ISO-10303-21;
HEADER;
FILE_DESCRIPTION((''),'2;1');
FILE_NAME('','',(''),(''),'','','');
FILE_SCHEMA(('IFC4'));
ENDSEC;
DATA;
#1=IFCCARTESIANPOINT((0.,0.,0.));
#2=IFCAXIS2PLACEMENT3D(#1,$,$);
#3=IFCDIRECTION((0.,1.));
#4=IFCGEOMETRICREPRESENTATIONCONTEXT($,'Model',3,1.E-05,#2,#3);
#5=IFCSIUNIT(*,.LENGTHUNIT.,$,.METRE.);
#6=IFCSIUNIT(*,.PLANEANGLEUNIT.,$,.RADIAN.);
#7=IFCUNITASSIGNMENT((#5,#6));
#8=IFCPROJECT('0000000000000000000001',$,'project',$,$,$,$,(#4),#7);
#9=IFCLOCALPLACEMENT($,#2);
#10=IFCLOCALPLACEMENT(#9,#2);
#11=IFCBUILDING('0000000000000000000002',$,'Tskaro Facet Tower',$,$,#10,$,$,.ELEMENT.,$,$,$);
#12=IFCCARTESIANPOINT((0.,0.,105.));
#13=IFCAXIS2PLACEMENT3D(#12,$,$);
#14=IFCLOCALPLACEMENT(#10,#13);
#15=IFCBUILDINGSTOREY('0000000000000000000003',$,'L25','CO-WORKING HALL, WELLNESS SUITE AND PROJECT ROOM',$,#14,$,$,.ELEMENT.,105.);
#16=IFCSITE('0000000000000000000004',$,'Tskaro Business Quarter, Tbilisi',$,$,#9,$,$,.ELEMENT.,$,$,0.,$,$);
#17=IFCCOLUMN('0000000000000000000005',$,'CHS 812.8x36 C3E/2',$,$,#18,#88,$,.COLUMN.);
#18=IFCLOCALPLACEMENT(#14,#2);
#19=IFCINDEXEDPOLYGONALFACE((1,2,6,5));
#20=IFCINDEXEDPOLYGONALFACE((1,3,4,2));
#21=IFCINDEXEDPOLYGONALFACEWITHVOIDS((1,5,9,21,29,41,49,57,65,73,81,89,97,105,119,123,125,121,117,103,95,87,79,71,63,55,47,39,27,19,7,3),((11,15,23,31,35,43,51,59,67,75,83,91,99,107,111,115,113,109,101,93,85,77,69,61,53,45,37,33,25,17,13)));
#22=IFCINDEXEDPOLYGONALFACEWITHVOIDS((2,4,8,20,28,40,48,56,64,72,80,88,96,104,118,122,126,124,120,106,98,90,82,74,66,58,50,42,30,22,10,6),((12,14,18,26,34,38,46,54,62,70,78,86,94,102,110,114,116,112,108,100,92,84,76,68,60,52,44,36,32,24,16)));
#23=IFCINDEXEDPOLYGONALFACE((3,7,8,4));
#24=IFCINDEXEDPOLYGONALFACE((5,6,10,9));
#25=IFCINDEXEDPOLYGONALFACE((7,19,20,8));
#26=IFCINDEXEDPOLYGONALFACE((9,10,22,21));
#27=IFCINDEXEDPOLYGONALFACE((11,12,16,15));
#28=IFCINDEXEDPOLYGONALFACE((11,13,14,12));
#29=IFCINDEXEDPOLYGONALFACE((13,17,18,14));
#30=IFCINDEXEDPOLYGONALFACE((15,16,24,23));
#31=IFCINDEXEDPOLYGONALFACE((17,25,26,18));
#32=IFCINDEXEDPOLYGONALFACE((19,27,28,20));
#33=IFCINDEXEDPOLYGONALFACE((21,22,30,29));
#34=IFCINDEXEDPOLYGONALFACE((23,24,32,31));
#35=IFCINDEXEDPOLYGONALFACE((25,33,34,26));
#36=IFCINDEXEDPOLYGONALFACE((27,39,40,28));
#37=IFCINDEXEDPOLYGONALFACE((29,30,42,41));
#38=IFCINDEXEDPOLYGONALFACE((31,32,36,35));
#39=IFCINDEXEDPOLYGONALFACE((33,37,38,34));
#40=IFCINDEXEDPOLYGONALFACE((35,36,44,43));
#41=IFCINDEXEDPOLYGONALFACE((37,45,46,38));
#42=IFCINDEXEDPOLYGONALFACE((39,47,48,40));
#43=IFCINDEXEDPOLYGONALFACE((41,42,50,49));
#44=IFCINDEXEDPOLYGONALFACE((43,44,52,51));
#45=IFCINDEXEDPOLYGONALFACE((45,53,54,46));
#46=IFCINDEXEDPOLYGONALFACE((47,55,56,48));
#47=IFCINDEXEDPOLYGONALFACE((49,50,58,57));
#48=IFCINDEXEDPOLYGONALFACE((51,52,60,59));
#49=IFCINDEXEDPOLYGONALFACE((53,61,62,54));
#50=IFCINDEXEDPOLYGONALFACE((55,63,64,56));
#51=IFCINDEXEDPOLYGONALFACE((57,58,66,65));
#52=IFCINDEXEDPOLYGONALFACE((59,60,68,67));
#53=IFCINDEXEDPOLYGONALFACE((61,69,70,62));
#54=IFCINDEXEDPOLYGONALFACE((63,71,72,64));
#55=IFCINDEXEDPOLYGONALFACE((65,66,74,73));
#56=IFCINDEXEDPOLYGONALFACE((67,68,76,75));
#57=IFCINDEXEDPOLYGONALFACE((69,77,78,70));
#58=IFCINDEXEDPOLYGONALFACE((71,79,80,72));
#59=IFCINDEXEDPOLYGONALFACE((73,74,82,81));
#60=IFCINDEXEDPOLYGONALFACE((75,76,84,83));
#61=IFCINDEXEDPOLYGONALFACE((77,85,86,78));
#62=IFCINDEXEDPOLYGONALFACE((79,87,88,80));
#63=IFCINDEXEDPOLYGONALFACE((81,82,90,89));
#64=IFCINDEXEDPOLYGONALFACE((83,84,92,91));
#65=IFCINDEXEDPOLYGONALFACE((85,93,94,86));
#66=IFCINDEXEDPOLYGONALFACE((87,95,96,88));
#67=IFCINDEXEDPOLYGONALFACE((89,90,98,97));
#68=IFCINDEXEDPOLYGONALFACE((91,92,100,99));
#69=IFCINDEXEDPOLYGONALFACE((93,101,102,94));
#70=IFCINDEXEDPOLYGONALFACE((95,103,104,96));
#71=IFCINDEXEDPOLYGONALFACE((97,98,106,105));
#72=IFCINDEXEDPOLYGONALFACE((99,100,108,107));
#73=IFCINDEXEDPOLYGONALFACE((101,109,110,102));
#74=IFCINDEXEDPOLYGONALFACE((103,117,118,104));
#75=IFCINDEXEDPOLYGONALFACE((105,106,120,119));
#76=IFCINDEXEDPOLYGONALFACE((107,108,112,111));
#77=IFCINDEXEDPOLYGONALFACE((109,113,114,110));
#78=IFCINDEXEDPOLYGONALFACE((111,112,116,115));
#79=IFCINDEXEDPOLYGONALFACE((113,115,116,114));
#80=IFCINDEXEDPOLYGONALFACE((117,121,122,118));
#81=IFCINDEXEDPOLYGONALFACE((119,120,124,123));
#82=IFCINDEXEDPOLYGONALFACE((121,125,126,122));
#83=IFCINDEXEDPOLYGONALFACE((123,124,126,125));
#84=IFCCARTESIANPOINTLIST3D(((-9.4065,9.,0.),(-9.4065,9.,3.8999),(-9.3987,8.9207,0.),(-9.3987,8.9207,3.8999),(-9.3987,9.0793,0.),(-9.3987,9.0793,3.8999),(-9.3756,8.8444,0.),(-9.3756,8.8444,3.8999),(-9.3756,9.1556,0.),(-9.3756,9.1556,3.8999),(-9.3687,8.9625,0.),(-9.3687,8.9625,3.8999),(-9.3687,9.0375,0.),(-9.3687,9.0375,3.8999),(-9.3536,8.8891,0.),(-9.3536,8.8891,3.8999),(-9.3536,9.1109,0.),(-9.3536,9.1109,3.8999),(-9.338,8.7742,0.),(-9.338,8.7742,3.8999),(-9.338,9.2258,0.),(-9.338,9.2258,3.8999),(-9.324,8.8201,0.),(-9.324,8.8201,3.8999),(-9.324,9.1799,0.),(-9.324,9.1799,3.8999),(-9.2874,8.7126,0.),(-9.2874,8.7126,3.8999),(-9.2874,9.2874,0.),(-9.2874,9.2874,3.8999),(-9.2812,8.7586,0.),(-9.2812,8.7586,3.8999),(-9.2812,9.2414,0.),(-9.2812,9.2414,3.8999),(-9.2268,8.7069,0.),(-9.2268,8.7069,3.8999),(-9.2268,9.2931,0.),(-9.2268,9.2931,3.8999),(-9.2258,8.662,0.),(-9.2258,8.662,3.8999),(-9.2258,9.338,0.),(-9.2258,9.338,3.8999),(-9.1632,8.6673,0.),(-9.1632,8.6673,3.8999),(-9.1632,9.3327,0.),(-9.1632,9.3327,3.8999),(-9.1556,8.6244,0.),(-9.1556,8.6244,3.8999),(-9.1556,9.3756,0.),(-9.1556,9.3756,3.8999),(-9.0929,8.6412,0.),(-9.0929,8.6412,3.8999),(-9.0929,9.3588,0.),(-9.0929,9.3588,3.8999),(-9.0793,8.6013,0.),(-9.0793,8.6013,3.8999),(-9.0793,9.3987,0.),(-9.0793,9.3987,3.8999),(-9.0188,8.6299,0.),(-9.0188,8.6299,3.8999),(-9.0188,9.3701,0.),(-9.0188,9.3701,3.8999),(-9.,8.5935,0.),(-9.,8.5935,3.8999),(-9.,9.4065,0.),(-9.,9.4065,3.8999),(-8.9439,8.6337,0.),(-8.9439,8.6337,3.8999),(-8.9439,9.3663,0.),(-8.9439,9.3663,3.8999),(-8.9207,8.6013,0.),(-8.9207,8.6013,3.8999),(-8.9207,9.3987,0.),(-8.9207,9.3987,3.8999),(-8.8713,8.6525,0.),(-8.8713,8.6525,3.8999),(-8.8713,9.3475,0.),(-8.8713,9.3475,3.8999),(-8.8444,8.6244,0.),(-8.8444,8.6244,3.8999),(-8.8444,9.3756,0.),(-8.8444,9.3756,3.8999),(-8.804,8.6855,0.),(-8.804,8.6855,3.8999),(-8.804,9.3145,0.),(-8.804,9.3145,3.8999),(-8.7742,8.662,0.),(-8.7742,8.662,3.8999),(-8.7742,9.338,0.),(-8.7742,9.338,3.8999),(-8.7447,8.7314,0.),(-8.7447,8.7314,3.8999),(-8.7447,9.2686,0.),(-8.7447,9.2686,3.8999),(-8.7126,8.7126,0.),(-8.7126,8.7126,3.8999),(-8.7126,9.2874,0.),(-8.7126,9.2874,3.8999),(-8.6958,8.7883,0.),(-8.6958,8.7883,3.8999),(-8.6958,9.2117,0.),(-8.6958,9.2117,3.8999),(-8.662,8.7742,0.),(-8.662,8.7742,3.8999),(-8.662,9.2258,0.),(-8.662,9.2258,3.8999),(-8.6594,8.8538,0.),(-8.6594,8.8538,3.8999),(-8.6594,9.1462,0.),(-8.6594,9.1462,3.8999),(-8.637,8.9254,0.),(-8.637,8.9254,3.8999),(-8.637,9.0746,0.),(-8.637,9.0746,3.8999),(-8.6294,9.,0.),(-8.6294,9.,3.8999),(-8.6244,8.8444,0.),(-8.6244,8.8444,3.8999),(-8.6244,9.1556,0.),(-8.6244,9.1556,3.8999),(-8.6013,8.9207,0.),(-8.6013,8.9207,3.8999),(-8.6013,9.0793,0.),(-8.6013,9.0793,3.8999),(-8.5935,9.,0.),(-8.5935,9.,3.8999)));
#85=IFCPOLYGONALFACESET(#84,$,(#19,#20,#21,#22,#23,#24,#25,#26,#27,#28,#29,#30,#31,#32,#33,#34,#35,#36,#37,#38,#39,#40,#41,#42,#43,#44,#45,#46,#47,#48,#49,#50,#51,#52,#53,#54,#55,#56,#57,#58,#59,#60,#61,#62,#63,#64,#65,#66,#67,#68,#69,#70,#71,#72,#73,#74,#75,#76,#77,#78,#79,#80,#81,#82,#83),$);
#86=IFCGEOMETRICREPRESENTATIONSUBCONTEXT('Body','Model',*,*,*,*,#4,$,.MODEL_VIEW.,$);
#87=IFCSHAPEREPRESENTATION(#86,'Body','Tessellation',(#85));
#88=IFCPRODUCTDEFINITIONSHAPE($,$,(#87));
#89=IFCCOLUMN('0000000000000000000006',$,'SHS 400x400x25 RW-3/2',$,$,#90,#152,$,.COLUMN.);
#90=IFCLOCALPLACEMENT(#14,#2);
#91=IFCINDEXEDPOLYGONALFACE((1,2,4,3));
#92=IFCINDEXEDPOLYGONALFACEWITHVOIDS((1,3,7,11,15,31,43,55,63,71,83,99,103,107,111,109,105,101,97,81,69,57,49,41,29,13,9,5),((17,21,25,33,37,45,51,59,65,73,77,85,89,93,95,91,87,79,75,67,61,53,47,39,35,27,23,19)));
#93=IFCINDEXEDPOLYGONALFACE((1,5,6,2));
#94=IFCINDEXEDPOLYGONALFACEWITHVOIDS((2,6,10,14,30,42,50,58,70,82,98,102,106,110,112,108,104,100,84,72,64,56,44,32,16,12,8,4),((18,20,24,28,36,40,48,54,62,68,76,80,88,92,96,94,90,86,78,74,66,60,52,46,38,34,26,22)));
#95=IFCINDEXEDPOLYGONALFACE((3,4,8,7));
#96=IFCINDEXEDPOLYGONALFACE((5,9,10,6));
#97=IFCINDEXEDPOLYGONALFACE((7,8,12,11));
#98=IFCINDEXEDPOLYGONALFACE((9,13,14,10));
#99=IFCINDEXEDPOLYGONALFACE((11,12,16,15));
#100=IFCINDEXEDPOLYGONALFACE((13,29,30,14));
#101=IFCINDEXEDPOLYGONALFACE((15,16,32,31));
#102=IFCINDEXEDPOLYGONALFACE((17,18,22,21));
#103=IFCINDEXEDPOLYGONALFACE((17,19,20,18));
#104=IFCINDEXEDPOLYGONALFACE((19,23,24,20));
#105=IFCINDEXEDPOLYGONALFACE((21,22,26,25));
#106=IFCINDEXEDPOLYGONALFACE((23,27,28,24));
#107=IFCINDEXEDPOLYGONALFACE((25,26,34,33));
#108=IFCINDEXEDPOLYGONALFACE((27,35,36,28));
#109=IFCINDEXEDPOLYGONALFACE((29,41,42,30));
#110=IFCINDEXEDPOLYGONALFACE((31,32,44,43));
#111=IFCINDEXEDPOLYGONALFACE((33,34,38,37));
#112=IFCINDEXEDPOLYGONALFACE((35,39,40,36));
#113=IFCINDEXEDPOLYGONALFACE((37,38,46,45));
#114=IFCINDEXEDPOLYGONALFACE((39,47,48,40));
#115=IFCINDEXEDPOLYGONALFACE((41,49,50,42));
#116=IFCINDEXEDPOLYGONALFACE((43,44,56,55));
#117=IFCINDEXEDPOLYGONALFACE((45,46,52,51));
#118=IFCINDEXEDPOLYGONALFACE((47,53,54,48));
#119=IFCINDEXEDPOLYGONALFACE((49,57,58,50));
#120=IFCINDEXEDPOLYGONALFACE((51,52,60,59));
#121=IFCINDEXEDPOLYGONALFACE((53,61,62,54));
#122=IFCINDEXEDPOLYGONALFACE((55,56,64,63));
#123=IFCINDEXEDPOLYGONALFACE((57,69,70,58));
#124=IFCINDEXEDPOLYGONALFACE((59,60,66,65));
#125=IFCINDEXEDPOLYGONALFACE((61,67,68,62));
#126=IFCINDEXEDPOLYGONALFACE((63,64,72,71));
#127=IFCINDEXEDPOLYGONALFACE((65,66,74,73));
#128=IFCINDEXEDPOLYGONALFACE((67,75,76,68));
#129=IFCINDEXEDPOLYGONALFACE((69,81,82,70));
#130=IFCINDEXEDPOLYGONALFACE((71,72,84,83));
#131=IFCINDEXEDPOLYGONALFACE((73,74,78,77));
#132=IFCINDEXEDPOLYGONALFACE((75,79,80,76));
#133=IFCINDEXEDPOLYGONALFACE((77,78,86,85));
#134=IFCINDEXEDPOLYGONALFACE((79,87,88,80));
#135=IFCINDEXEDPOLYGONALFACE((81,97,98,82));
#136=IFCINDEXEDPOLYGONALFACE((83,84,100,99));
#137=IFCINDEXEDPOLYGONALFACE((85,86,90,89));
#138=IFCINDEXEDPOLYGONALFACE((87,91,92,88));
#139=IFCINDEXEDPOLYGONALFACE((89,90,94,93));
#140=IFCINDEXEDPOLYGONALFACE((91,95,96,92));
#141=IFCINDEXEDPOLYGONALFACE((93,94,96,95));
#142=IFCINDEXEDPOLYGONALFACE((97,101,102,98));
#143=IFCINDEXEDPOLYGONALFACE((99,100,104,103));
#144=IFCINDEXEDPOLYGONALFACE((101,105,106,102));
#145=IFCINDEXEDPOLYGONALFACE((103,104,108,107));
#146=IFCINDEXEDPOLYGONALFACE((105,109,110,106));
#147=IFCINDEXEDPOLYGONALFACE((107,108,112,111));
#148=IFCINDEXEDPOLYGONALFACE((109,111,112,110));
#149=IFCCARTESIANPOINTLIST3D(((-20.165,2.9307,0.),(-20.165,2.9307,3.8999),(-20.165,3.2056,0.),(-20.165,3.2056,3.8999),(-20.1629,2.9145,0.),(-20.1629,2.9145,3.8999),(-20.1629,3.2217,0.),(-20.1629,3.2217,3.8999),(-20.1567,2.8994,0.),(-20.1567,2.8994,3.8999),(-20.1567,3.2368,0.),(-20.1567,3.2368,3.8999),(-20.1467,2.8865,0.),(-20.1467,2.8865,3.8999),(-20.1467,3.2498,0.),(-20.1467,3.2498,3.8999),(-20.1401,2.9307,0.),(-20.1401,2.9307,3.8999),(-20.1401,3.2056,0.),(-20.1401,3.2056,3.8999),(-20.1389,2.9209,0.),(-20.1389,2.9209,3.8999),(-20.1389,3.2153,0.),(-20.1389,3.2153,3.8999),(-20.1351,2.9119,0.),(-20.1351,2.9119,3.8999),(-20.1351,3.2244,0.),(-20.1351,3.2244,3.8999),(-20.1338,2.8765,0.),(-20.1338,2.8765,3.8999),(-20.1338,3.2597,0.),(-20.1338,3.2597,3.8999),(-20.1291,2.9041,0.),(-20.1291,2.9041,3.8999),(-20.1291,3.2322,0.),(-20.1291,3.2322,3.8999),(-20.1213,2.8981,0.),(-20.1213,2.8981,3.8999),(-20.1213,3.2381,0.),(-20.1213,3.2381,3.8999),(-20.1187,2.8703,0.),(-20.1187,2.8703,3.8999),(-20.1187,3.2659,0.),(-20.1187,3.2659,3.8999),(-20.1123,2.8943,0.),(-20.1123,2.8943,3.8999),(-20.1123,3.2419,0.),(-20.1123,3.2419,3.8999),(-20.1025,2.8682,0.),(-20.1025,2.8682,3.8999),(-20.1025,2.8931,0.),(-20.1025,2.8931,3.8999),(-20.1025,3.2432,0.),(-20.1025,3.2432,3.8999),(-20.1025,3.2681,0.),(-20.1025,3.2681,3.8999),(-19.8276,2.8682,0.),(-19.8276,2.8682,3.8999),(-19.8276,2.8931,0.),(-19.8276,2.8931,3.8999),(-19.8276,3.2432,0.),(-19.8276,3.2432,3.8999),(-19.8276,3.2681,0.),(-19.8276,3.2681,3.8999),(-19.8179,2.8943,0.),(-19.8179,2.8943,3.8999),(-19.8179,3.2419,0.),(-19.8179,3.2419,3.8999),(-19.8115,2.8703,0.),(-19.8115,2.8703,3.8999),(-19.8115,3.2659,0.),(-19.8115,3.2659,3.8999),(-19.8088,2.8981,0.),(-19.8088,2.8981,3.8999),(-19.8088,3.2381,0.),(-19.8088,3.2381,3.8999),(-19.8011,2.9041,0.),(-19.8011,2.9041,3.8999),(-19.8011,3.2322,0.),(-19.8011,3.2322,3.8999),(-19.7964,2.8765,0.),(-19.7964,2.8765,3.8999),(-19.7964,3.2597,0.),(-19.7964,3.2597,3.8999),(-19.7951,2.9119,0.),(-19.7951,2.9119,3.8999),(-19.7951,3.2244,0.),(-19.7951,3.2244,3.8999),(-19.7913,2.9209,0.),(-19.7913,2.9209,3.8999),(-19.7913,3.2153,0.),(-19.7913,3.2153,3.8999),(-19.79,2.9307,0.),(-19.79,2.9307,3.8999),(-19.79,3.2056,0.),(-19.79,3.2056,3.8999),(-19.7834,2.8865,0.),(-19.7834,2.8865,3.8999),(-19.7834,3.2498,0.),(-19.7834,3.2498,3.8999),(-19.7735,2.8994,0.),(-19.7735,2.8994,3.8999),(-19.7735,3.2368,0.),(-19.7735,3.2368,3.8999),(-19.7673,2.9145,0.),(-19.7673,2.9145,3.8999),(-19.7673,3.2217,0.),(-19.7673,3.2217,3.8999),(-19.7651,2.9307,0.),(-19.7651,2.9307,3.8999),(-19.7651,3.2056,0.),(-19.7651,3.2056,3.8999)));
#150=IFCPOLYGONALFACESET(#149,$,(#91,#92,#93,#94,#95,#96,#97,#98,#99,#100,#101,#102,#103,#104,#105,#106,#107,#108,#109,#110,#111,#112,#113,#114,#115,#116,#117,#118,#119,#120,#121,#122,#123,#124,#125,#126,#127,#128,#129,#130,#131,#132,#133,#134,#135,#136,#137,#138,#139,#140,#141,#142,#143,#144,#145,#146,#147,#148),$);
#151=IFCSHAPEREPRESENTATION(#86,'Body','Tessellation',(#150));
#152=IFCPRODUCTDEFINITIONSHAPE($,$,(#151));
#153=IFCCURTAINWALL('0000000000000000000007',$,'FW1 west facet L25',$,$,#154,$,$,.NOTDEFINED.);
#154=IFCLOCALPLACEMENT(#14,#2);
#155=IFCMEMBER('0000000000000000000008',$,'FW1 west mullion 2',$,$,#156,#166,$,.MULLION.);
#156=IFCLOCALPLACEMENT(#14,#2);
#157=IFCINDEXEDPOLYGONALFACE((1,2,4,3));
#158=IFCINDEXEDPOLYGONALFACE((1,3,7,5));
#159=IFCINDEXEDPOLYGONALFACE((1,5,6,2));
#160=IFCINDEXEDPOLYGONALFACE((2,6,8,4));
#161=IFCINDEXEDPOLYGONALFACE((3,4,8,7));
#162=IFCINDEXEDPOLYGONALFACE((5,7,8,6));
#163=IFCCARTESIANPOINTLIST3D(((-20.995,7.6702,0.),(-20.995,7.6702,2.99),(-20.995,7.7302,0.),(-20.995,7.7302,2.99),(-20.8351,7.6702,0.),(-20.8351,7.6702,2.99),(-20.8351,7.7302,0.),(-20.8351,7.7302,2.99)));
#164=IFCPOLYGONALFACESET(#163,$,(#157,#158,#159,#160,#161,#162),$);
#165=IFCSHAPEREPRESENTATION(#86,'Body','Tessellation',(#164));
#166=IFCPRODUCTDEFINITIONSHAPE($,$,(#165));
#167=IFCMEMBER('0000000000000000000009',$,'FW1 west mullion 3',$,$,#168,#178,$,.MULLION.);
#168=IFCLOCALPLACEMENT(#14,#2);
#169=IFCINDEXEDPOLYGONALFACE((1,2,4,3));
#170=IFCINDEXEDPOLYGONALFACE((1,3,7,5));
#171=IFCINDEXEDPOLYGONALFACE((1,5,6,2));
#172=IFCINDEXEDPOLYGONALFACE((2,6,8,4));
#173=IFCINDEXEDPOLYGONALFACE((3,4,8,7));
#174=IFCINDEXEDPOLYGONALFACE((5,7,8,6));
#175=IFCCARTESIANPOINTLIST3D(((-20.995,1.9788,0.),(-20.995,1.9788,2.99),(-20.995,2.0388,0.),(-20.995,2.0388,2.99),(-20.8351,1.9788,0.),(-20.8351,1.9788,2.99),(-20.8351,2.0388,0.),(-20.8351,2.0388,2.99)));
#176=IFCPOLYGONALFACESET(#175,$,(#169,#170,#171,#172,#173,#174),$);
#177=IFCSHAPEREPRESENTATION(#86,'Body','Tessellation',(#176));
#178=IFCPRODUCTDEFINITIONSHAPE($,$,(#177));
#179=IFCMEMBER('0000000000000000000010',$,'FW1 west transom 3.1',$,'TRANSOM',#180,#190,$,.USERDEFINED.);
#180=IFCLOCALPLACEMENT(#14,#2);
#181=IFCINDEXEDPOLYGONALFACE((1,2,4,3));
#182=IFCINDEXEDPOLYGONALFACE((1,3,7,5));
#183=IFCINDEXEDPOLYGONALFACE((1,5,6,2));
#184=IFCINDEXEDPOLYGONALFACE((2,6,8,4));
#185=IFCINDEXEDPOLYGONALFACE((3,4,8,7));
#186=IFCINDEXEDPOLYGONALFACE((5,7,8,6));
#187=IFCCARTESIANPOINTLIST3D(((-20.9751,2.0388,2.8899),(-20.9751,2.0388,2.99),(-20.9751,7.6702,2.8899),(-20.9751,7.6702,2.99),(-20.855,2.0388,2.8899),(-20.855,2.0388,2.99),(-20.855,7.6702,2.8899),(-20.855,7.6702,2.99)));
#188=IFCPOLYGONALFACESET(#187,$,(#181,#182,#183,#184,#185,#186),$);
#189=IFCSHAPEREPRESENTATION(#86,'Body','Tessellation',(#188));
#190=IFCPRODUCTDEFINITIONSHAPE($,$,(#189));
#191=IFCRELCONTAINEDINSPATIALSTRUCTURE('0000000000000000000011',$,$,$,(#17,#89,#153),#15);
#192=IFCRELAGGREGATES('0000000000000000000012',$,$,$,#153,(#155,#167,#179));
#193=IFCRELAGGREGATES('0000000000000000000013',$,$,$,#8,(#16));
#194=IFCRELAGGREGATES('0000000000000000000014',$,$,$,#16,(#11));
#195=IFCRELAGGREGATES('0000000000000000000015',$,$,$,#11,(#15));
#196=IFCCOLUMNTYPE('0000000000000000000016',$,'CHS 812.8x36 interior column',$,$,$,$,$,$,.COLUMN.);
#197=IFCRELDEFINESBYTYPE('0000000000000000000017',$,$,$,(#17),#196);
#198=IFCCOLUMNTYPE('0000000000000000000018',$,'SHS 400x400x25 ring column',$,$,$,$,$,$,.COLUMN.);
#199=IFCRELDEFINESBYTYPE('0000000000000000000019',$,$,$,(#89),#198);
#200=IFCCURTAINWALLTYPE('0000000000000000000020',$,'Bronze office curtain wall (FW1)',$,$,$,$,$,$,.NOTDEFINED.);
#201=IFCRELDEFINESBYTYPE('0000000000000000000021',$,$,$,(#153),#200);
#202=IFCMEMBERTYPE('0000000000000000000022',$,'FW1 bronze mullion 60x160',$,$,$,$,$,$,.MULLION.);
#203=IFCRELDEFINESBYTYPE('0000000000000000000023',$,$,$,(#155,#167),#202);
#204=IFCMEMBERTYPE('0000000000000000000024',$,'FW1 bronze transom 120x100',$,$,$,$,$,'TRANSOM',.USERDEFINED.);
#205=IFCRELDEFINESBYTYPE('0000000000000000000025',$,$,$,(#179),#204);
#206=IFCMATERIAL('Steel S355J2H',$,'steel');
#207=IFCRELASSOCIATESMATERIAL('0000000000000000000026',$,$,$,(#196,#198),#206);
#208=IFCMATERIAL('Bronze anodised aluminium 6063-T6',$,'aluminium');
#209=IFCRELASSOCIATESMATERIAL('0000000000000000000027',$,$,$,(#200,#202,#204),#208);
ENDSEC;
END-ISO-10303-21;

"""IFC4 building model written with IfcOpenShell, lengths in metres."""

from ifc_helpers import new_model, si_unit, direction, frame, origin, origin_2d, place, context, subcontext, project, spatial, rectangle, hollow_rectangle, hollow_circle, extrude, material, material_profile, profile_set, type_object, element, aggregate, save


model = new_model("IFC4")

# Units and contexts
model_context = context("Model", 3, precision=1e-05, world=origin(), true_north=direction((0.0, 1.0)))
body_context = subcontext(model_context, "Body", "Model", "MODEL_VIEW")
ifc_project = project(units=[si_unit("LENGTHUNIT", "METRE"), si_unit("PLANEANGLEUNIT", "RADIAN")], contexts=[model_context])

# Site, building, storey
site_placement = place(None, origin())
site = spatial("IfcSite", under=ifc_project, at=site_placement, Name="Tskaro Business Quarter, Tbilisi", CompositionType="ELEMENT", RefElevation=0.0)
building_placement = place(site_placement, origin())
building = spatial("IfcBuilding", under=site, at=building_placement, Name="Tskaro Facet Tower", CompositionType="ELEMENT")
storey_placement = place(building_placement, frame((0.0, 0.0, 105.0)))
storey = spatial("IfcBuildingStorey", under=building, at=storey_placement, Name="L25", Description="CO-WORKING HALL, WELLNESS SUITE AND PROJECT ROOM", CompositionType="ELEMENT", Elevation=105.0)

# Columns
ifc_material_1 = material(Name="Steel S355J2H", Category="steel")
ifc_material_profile_1 = material_profile(ifc_material_1, hollow_circle(Radius=0.4065, WallThickness=0.0359, at=origin_2d()), Name="CHS 812.8x36")
ifc_profile_set_1 = profile_set([ifc_material_profile_1], Name="Steel S355J2H")
column_type_1 = type_object("IfcColumnType", Name="CHS 812.8x36 interior column", PredefinedType="COLUMN", material=ifc_profile_set_1)
column_1_placement = place(storey_placement, frame((-9.0, 9.0, 0.0), z_axis=(0.0, 0.0, 1.0), x_axis=(1.0, 0.0, 0.0)))
element("IfcColumn", 1, at=column_1_placement, inside=storey, type_object=column_type_1, Name="CHS 812.8x36 C3E/2", PredefinedType="COLUMN", context=body_context, shape_type="SweptSolid", body=[
    extrude(hollow_circle(Radius=0.4065, WallThickness=0.0359, at=origin_2d()), origin(), (0.0, 0.0, 1.0), 3.8999),
])
ifc_material_profile_2 = material_profile(ifc_material_1, hollow_rectangle(XDim=0.3999, YDim=0.3999, WallThickness=0.0249, InnerFilletRadius=0.0376, OuterFilletRadius=0.0625, at=origin_2d()), Name="SHS 400x400x25")
ifc_profile_set_2 = profile_set([ifc_material_profile_2], Name="Steel S355J2H")
column_type_2 = type_object("IfcColumnType", Name="SHS 400x400x25 ring column", PredefinedType="COLUMN", material=ifc_profile_set_2)
column_2_placement = place(storey_placement, frame((-19.9651, 3.0681, 0.0), z_axis=(0.0, 0.0, 1.0), x_axis=(1.0, 0.0, 0.0)))
element("IfcColumn", 2, at=column_2_placement, inside=storey, type_object=column_type_2, Name="SHS 400x400x25 RW-3/2", PredefinedType="COLUMN", context=body_context, shape_type="SweptSolid", body=[
    extrude(hollow_rectangle(XDim=0.3999, YDim=0.3999, WallThickness=0.0249, InnerFilletRadius=0.0376, OuterFilletRadius=0.0625, at=origin_2d()), origin(), (0.0, 0.0, 1.0), 3.8999),
])

# Curtain wall, members
ifc_material_2 = material(Name="Bronze anodised aluminium 6063-T6", Category="aluminium")
curtain_wall_type = type_object("IfcCurtainWallType", Name="Bronze office curtain wall (FW1)", PredefinedType="NOTDEFINED", material=ifc_material_2)
curtain_wall_placement = place(storey_placement, origin())
curtain_wall = element("IfcCurtainWall", 3, at=curtain_wall_placement, inside=storey, type_object=curtain_wall_type, Name="FW1 west facet L25", PredefinedType="NOTDEFINED")
ifc_material_profile_3 = material_profile(ifc_material_2, rectangle(XDim=0.0601, YDim=0.1599, at=origin_2d()), Name="Mullion 60x160")
ifc_profile_set_3 = profile_set([ifc_material_profile_3], Name="Bronze anodised aluminium 6063-T6")
member_type_1 = type_object("IfcMemberType", Name="FW1 bronze mullion 60x160", PredefinedType="MULLION", material=ifc_profile_set_3)
member_1_placement = place(storey_placement, frame((-20.915, 7.7002, 0.0), z_axis=(0.0, 0.0, 1.0), x_axis=(0.0, -1.0, 0.0)))
member_1 = element("IfcMember", 4, at=member_1_placement, type_object=member_type_1, Name="FW1 west mullion 2", PredefinedType="MULLION", context=body_context, shape_type="SweptSolid", body=[
    extrude(rectangle(XDim=0.0601, YDim=0.1599, at=origin_2d()), origin(), (0.0, 0.0, 1.0), 2.99),
])
member_2_placement = place(storey_placement, frame((-20.915, 2.0088, 0.0), z_axis=(0.0, 0.0, 1.0), x_axis=(0.0, -1.0, 0.0)))
member_2 = element("IfcMember", 5, at=member_2_placement, type_object=member_type_1, Name="FW1 west mullion 3", PredefinedType="MULLION", context=body_context, shape_type="SweptSolid", body=[
    extrude(rectangle(XDim=0.0601, YDim=0.1599, at=origin_2d()), origin(), (0.0, 0.0, 1.0), 2.99),
])
ifc_material_profile_4 = material_profile(ifc_material_2, rectangle(XDim=0.1201, YDim=0.1001, at=origin_2d()), Name="Transom 120x100")
ifc_profile_set_4 = profile_set([ifc_material_profile_4], Name="Bronze anodised aluminium 6063-T6")
member_type_2 = type_object("IfcMemberType", Name="FW1 bronze transom 120x100", ElementType="TRANSOM", PredefinedType="USERDEFINED", material=ifc_profile_set_4)
member_3_placement = place(storey_placement, frame((-20.915, 7.6702, 2.9399), z_axis=(0.0, -1.0, 0.0), x_axis=(1.0, 0.0, 0.0)))
member_3 = element("IfcMember", 6, at=member_3_placement, type_object=member_type_2, Name="FW1 west transom 3.1", ObjectType="TRANSOM", PredefinedType="USERDEFINED", context=body_context, shape_type="SweptSolid", body=[
    extrude(rectangle(XDim=0.1201, YDim=0.1001, at=origin_2d()), origin(), (0.0, 0.0, 1.0), 5.6313),
])

aggregate(curtain_wall, [member_1, member_2, member_3])

save(model, "model.ifc")
